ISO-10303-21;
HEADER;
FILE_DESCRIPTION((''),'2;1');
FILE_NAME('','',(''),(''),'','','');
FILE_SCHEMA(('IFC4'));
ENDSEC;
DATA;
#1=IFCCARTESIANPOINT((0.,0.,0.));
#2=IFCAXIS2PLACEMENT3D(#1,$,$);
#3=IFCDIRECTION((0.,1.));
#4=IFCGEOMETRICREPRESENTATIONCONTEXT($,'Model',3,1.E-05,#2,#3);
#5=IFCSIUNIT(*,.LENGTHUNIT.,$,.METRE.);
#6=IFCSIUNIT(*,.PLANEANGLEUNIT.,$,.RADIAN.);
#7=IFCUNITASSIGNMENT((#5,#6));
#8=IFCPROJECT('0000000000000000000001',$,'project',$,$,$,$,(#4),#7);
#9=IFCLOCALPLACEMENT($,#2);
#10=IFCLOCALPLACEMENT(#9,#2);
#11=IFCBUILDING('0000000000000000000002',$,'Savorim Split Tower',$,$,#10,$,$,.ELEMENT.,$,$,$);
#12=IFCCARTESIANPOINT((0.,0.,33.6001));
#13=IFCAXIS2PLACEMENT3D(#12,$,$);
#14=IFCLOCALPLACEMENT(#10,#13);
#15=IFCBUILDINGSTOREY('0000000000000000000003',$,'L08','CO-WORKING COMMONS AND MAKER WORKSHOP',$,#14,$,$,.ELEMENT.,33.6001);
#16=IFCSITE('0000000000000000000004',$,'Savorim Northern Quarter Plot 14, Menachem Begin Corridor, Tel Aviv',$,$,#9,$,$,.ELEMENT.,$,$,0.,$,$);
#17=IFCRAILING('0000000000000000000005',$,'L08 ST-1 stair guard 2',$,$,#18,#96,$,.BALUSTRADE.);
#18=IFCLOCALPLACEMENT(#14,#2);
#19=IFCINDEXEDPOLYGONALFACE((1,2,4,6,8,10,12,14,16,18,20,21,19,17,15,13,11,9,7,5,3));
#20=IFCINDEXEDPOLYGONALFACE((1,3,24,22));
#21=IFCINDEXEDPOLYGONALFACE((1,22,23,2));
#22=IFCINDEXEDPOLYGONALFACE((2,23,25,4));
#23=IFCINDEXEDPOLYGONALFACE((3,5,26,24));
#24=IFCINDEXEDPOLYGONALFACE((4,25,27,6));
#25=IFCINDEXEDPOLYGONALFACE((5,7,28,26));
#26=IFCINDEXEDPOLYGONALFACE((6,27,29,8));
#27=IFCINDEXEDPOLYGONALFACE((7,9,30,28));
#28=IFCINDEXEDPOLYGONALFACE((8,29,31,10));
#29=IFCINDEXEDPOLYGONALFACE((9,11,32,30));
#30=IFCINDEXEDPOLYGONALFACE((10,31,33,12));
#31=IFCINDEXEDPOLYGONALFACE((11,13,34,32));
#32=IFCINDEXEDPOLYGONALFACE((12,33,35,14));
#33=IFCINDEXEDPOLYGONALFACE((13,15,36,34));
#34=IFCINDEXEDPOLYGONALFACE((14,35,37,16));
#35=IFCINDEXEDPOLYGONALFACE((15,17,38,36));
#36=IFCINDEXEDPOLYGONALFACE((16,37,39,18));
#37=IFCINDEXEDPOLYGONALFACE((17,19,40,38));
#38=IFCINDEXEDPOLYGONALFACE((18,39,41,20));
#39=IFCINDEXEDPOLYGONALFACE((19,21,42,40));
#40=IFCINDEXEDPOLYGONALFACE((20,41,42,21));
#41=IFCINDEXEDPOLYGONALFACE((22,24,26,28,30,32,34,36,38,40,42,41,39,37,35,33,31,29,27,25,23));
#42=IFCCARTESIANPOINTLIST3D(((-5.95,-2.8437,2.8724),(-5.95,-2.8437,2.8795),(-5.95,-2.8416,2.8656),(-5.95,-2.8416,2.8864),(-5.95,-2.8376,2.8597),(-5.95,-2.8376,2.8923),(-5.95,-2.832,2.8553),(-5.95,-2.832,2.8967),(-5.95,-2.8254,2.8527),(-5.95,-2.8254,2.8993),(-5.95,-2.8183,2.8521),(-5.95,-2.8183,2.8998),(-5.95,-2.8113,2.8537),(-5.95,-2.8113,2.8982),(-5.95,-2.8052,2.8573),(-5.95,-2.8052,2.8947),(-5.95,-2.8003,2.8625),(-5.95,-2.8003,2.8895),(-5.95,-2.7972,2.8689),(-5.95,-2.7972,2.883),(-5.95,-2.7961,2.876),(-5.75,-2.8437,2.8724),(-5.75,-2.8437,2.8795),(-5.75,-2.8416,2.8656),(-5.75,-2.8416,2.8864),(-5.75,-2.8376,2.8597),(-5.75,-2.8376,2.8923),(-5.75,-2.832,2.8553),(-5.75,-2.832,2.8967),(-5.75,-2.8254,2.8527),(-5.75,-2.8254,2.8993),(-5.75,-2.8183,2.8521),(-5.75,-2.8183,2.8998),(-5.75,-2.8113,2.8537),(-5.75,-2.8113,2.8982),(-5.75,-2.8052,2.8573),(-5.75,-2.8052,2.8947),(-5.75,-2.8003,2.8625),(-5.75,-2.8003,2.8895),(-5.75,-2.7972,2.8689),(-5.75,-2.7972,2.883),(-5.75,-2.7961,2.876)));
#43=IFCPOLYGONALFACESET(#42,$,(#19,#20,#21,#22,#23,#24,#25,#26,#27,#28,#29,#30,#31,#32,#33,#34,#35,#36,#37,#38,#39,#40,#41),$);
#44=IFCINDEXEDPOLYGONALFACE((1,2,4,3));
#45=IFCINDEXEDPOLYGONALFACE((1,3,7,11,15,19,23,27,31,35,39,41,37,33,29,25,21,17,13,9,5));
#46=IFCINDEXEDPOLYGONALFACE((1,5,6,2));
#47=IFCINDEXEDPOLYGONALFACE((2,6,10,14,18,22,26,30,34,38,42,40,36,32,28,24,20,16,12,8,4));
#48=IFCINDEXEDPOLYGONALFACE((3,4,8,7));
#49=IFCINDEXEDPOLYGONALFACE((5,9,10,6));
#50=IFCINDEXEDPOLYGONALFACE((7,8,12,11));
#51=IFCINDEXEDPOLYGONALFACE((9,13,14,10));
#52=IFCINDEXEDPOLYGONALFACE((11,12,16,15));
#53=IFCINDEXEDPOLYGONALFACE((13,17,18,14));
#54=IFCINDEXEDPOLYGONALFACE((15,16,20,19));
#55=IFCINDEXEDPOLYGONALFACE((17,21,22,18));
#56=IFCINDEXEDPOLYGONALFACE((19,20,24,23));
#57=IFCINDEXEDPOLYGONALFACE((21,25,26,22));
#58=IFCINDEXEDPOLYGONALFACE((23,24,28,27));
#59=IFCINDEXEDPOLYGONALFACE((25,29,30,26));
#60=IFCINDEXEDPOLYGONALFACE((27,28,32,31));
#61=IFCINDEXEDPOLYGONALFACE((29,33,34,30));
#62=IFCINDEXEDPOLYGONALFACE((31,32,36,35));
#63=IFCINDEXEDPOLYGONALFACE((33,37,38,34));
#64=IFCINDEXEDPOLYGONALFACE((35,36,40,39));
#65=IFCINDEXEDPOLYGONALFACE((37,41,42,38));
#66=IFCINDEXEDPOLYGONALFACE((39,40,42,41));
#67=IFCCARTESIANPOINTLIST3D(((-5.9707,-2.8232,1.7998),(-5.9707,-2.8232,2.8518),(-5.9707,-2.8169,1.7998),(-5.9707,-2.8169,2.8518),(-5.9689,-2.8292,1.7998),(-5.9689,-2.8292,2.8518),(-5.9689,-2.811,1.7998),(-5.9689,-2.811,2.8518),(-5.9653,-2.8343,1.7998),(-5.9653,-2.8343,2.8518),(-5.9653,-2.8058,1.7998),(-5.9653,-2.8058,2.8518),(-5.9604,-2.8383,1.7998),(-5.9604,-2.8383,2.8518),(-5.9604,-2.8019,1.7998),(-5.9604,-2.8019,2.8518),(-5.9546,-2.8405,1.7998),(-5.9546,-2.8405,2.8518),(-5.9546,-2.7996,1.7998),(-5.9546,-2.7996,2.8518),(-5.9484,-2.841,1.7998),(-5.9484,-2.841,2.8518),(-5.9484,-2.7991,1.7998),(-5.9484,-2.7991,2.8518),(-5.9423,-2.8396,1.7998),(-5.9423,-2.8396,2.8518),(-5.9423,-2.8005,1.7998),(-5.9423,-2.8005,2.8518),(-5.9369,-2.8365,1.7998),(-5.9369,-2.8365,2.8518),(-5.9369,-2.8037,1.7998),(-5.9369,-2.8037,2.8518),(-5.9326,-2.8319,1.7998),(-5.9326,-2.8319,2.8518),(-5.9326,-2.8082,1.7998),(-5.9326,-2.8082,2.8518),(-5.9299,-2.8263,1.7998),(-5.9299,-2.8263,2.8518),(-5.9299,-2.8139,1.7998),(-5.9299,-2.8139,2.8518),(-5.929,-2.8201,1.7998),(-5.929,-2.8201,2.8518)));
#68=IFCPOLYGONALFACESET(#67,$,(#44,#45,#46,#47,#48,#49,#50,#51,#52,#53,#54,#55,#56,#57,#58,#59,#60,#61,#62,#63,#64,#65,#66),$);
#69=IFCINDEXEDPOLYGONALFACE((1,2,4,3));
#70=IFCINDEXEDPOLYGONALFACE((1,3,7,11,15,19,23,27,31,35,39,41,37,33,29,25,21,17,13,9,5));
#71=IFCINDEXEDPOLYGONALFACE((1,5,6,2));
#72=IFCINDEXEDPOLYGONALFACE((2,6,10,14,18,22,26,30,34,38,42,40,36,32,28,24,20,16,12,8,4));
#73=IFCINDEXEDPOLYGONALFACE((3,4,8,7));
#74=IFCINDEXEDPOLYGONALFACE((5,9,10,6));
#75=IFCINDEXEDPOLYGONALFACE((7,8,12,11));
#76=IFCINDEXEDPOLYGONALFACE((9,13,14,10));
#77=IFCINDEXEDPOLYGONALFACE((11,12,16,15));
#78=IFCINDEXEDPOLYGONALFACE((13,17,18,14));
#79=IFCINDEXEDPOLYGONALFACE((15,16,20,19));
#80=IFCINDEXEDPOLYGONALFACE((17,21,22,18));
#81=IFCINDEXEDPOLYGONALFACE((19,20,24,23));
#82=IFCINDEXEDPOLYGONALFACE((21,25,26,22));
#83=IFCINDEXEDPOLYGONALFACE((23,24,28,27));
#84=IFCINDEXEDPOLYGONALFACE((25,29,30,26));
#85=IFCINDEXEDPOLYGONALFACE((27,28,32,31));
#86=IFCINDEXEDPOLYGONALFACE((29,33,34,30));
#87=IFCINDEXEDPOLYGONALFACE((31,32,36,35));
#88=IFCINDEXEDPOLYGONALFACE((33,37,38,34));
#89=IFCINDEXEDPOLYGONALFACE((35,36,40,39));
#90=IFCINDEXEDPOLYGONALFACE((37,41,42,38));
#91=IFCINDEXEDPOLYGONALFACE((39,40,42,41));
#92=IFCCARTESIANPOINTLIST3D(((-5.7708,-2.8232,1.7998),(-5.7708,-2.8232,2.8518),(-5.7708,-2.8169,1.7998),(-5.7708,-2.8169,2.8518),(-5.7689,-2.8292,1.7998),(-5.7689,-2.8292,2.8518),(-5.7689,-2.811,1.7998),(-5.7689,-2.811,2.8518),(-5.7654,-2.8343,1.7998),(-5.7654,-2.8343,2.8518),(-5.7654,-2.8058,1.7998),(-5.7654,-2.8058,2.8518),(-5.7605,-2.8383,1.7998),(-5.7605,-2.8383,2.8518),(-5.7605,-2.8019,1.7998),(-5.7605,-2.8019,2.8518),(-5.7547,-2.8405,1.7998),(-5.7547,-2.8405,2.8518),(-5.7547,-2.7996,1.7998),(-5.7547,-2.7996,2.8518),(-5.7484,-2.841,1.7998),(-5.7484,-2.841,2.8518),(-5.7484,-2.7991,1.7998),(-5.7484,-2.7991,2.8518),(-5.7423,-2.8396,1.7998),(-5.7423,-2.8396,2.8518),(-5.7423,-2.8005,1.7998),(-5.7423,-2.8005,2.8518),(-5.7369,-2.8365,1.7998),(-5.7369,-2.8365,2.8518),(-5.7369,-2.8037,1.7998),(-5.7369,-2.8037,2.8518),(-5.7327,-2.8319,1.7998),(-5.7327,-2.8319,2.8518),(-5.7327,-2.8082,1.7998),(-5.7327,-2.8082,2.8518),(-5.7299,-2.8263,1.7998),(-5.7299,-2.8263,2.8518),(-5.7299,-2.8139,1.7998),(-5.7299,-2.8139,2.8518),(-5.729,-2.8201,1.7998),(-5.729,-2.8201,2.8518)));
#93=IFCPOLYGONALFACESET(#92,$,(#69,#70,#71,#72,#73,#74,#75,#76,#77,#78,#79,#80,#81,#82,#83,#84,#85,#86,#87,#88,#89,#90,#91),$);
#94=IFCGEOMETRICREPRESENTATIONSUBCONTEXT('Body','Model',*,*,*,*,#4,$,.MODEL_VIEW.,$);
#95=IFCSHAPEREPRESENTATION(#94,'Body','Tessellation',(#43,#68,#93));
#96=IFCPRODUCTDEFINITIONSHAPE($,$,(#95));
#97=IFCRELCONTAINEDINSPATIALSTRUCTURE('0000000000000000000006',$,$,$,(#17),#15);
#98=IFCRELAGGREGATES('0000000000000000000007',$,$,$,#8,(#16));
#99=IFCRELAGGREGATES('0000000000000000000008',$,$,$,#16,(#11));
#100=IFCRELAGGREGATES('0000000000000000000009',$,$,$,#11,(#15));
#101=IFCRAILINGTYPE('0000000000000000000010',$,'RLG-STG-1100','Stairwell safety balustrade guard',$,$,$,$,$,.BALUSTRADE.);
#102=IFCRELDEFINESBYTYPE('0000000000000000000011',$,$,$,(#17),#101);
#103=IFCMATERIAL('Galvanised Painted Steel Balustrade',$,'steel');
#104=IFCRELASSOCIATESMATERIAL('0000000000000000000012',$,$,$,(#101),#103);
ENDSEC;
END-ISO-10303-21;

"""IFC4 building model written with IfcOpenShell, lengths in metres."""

from ifc_helpers import new_model, si_unit, direction, frame, origin, origin_2d, place, context, subcontext, project, spatial, circle, extrude, material, type_object, element, save


model = new_model("IFC4")

# Units and contexts
model_context = context("Model", 3, precision=1e-05, world=origin(), true_north=direction((0.0, 1.0)))
body_context = subcontext(model_context, "Body", "Model", "MODEL_VIEW")
ifc_project = project(units=[si_unit("LENGTHUNIT", "METRE"), si_unit("PLANEANGLEUNIT", "RADIAN")], contexts=[model_context])

# Site, building, storey
site_placement = place(None, origin())
site = spatial("IfcSite", under=ifc_project, at=site_placement, Name="Savorim Northern Quarter Plot 14, Menachem Begin Corridor, Tel Aviv", CompositionType="ELEMENT", RefElevation=0.0)
building_placement = place(site_placement, origin())
building = spatial("IfcBuilding", under=site, at=building_placement, Name="Savorim Split Tower", CompositionType="ELEMENT")
storey_placement = place(building_placement, frame((0.0, 0.0, 33.6001)))
storey = spatial("IfcBuildingStorey", under=building, at=storey_placement, Name="L08", Description="CO-WORKING COMMONS AND MAKER WORKSHOP", CompositionType="ELEMENT", Elevation=33.6001)

# Railing
ifc_material_1 = material(Name="Galvanised Painted Steel Balustrade", Category="steel")
railing_type_1 = type_object("IfcRailingType", Name="RLG-STG-1100", Description="Stairwell safety balustrade guard", PredefinedType="BALUSTRADE", material=ifc_material_1)
railing_1_placement = place(storey_placement, frame((-5.95, -2.8201, 1.7998)))
element("IfcRailing", 1, at=railing_1_placement, inside=storey, type_object=railing_type_1, Name="L08 ST-1 stair guard 2", PredefinedType="BALUSTRADE", context=body_context, shape_type="SweptSolid", body=[
    extrude(circle(Radius=0.0239, at=origin_2d()), frame((0.0, 0.0, 1.0762), z_axis=(1.0, 0.0, 0.0), x_axis=(0.0, 1.0, 0.0)), (0.0, 0.0, 1.0), 0.2),
    extrude(circle(Radius=0.021, at=origin_2d()), origin(), (0.0, 0.0, 1.0), 1.052),
    extrude(circle(Radius=0.021, at=origin_2d()), frame((0.2, 0.0, 0.0)), (0.0, 0.0, 1.0), 1.052),
])

save(model, "model.ifc")
